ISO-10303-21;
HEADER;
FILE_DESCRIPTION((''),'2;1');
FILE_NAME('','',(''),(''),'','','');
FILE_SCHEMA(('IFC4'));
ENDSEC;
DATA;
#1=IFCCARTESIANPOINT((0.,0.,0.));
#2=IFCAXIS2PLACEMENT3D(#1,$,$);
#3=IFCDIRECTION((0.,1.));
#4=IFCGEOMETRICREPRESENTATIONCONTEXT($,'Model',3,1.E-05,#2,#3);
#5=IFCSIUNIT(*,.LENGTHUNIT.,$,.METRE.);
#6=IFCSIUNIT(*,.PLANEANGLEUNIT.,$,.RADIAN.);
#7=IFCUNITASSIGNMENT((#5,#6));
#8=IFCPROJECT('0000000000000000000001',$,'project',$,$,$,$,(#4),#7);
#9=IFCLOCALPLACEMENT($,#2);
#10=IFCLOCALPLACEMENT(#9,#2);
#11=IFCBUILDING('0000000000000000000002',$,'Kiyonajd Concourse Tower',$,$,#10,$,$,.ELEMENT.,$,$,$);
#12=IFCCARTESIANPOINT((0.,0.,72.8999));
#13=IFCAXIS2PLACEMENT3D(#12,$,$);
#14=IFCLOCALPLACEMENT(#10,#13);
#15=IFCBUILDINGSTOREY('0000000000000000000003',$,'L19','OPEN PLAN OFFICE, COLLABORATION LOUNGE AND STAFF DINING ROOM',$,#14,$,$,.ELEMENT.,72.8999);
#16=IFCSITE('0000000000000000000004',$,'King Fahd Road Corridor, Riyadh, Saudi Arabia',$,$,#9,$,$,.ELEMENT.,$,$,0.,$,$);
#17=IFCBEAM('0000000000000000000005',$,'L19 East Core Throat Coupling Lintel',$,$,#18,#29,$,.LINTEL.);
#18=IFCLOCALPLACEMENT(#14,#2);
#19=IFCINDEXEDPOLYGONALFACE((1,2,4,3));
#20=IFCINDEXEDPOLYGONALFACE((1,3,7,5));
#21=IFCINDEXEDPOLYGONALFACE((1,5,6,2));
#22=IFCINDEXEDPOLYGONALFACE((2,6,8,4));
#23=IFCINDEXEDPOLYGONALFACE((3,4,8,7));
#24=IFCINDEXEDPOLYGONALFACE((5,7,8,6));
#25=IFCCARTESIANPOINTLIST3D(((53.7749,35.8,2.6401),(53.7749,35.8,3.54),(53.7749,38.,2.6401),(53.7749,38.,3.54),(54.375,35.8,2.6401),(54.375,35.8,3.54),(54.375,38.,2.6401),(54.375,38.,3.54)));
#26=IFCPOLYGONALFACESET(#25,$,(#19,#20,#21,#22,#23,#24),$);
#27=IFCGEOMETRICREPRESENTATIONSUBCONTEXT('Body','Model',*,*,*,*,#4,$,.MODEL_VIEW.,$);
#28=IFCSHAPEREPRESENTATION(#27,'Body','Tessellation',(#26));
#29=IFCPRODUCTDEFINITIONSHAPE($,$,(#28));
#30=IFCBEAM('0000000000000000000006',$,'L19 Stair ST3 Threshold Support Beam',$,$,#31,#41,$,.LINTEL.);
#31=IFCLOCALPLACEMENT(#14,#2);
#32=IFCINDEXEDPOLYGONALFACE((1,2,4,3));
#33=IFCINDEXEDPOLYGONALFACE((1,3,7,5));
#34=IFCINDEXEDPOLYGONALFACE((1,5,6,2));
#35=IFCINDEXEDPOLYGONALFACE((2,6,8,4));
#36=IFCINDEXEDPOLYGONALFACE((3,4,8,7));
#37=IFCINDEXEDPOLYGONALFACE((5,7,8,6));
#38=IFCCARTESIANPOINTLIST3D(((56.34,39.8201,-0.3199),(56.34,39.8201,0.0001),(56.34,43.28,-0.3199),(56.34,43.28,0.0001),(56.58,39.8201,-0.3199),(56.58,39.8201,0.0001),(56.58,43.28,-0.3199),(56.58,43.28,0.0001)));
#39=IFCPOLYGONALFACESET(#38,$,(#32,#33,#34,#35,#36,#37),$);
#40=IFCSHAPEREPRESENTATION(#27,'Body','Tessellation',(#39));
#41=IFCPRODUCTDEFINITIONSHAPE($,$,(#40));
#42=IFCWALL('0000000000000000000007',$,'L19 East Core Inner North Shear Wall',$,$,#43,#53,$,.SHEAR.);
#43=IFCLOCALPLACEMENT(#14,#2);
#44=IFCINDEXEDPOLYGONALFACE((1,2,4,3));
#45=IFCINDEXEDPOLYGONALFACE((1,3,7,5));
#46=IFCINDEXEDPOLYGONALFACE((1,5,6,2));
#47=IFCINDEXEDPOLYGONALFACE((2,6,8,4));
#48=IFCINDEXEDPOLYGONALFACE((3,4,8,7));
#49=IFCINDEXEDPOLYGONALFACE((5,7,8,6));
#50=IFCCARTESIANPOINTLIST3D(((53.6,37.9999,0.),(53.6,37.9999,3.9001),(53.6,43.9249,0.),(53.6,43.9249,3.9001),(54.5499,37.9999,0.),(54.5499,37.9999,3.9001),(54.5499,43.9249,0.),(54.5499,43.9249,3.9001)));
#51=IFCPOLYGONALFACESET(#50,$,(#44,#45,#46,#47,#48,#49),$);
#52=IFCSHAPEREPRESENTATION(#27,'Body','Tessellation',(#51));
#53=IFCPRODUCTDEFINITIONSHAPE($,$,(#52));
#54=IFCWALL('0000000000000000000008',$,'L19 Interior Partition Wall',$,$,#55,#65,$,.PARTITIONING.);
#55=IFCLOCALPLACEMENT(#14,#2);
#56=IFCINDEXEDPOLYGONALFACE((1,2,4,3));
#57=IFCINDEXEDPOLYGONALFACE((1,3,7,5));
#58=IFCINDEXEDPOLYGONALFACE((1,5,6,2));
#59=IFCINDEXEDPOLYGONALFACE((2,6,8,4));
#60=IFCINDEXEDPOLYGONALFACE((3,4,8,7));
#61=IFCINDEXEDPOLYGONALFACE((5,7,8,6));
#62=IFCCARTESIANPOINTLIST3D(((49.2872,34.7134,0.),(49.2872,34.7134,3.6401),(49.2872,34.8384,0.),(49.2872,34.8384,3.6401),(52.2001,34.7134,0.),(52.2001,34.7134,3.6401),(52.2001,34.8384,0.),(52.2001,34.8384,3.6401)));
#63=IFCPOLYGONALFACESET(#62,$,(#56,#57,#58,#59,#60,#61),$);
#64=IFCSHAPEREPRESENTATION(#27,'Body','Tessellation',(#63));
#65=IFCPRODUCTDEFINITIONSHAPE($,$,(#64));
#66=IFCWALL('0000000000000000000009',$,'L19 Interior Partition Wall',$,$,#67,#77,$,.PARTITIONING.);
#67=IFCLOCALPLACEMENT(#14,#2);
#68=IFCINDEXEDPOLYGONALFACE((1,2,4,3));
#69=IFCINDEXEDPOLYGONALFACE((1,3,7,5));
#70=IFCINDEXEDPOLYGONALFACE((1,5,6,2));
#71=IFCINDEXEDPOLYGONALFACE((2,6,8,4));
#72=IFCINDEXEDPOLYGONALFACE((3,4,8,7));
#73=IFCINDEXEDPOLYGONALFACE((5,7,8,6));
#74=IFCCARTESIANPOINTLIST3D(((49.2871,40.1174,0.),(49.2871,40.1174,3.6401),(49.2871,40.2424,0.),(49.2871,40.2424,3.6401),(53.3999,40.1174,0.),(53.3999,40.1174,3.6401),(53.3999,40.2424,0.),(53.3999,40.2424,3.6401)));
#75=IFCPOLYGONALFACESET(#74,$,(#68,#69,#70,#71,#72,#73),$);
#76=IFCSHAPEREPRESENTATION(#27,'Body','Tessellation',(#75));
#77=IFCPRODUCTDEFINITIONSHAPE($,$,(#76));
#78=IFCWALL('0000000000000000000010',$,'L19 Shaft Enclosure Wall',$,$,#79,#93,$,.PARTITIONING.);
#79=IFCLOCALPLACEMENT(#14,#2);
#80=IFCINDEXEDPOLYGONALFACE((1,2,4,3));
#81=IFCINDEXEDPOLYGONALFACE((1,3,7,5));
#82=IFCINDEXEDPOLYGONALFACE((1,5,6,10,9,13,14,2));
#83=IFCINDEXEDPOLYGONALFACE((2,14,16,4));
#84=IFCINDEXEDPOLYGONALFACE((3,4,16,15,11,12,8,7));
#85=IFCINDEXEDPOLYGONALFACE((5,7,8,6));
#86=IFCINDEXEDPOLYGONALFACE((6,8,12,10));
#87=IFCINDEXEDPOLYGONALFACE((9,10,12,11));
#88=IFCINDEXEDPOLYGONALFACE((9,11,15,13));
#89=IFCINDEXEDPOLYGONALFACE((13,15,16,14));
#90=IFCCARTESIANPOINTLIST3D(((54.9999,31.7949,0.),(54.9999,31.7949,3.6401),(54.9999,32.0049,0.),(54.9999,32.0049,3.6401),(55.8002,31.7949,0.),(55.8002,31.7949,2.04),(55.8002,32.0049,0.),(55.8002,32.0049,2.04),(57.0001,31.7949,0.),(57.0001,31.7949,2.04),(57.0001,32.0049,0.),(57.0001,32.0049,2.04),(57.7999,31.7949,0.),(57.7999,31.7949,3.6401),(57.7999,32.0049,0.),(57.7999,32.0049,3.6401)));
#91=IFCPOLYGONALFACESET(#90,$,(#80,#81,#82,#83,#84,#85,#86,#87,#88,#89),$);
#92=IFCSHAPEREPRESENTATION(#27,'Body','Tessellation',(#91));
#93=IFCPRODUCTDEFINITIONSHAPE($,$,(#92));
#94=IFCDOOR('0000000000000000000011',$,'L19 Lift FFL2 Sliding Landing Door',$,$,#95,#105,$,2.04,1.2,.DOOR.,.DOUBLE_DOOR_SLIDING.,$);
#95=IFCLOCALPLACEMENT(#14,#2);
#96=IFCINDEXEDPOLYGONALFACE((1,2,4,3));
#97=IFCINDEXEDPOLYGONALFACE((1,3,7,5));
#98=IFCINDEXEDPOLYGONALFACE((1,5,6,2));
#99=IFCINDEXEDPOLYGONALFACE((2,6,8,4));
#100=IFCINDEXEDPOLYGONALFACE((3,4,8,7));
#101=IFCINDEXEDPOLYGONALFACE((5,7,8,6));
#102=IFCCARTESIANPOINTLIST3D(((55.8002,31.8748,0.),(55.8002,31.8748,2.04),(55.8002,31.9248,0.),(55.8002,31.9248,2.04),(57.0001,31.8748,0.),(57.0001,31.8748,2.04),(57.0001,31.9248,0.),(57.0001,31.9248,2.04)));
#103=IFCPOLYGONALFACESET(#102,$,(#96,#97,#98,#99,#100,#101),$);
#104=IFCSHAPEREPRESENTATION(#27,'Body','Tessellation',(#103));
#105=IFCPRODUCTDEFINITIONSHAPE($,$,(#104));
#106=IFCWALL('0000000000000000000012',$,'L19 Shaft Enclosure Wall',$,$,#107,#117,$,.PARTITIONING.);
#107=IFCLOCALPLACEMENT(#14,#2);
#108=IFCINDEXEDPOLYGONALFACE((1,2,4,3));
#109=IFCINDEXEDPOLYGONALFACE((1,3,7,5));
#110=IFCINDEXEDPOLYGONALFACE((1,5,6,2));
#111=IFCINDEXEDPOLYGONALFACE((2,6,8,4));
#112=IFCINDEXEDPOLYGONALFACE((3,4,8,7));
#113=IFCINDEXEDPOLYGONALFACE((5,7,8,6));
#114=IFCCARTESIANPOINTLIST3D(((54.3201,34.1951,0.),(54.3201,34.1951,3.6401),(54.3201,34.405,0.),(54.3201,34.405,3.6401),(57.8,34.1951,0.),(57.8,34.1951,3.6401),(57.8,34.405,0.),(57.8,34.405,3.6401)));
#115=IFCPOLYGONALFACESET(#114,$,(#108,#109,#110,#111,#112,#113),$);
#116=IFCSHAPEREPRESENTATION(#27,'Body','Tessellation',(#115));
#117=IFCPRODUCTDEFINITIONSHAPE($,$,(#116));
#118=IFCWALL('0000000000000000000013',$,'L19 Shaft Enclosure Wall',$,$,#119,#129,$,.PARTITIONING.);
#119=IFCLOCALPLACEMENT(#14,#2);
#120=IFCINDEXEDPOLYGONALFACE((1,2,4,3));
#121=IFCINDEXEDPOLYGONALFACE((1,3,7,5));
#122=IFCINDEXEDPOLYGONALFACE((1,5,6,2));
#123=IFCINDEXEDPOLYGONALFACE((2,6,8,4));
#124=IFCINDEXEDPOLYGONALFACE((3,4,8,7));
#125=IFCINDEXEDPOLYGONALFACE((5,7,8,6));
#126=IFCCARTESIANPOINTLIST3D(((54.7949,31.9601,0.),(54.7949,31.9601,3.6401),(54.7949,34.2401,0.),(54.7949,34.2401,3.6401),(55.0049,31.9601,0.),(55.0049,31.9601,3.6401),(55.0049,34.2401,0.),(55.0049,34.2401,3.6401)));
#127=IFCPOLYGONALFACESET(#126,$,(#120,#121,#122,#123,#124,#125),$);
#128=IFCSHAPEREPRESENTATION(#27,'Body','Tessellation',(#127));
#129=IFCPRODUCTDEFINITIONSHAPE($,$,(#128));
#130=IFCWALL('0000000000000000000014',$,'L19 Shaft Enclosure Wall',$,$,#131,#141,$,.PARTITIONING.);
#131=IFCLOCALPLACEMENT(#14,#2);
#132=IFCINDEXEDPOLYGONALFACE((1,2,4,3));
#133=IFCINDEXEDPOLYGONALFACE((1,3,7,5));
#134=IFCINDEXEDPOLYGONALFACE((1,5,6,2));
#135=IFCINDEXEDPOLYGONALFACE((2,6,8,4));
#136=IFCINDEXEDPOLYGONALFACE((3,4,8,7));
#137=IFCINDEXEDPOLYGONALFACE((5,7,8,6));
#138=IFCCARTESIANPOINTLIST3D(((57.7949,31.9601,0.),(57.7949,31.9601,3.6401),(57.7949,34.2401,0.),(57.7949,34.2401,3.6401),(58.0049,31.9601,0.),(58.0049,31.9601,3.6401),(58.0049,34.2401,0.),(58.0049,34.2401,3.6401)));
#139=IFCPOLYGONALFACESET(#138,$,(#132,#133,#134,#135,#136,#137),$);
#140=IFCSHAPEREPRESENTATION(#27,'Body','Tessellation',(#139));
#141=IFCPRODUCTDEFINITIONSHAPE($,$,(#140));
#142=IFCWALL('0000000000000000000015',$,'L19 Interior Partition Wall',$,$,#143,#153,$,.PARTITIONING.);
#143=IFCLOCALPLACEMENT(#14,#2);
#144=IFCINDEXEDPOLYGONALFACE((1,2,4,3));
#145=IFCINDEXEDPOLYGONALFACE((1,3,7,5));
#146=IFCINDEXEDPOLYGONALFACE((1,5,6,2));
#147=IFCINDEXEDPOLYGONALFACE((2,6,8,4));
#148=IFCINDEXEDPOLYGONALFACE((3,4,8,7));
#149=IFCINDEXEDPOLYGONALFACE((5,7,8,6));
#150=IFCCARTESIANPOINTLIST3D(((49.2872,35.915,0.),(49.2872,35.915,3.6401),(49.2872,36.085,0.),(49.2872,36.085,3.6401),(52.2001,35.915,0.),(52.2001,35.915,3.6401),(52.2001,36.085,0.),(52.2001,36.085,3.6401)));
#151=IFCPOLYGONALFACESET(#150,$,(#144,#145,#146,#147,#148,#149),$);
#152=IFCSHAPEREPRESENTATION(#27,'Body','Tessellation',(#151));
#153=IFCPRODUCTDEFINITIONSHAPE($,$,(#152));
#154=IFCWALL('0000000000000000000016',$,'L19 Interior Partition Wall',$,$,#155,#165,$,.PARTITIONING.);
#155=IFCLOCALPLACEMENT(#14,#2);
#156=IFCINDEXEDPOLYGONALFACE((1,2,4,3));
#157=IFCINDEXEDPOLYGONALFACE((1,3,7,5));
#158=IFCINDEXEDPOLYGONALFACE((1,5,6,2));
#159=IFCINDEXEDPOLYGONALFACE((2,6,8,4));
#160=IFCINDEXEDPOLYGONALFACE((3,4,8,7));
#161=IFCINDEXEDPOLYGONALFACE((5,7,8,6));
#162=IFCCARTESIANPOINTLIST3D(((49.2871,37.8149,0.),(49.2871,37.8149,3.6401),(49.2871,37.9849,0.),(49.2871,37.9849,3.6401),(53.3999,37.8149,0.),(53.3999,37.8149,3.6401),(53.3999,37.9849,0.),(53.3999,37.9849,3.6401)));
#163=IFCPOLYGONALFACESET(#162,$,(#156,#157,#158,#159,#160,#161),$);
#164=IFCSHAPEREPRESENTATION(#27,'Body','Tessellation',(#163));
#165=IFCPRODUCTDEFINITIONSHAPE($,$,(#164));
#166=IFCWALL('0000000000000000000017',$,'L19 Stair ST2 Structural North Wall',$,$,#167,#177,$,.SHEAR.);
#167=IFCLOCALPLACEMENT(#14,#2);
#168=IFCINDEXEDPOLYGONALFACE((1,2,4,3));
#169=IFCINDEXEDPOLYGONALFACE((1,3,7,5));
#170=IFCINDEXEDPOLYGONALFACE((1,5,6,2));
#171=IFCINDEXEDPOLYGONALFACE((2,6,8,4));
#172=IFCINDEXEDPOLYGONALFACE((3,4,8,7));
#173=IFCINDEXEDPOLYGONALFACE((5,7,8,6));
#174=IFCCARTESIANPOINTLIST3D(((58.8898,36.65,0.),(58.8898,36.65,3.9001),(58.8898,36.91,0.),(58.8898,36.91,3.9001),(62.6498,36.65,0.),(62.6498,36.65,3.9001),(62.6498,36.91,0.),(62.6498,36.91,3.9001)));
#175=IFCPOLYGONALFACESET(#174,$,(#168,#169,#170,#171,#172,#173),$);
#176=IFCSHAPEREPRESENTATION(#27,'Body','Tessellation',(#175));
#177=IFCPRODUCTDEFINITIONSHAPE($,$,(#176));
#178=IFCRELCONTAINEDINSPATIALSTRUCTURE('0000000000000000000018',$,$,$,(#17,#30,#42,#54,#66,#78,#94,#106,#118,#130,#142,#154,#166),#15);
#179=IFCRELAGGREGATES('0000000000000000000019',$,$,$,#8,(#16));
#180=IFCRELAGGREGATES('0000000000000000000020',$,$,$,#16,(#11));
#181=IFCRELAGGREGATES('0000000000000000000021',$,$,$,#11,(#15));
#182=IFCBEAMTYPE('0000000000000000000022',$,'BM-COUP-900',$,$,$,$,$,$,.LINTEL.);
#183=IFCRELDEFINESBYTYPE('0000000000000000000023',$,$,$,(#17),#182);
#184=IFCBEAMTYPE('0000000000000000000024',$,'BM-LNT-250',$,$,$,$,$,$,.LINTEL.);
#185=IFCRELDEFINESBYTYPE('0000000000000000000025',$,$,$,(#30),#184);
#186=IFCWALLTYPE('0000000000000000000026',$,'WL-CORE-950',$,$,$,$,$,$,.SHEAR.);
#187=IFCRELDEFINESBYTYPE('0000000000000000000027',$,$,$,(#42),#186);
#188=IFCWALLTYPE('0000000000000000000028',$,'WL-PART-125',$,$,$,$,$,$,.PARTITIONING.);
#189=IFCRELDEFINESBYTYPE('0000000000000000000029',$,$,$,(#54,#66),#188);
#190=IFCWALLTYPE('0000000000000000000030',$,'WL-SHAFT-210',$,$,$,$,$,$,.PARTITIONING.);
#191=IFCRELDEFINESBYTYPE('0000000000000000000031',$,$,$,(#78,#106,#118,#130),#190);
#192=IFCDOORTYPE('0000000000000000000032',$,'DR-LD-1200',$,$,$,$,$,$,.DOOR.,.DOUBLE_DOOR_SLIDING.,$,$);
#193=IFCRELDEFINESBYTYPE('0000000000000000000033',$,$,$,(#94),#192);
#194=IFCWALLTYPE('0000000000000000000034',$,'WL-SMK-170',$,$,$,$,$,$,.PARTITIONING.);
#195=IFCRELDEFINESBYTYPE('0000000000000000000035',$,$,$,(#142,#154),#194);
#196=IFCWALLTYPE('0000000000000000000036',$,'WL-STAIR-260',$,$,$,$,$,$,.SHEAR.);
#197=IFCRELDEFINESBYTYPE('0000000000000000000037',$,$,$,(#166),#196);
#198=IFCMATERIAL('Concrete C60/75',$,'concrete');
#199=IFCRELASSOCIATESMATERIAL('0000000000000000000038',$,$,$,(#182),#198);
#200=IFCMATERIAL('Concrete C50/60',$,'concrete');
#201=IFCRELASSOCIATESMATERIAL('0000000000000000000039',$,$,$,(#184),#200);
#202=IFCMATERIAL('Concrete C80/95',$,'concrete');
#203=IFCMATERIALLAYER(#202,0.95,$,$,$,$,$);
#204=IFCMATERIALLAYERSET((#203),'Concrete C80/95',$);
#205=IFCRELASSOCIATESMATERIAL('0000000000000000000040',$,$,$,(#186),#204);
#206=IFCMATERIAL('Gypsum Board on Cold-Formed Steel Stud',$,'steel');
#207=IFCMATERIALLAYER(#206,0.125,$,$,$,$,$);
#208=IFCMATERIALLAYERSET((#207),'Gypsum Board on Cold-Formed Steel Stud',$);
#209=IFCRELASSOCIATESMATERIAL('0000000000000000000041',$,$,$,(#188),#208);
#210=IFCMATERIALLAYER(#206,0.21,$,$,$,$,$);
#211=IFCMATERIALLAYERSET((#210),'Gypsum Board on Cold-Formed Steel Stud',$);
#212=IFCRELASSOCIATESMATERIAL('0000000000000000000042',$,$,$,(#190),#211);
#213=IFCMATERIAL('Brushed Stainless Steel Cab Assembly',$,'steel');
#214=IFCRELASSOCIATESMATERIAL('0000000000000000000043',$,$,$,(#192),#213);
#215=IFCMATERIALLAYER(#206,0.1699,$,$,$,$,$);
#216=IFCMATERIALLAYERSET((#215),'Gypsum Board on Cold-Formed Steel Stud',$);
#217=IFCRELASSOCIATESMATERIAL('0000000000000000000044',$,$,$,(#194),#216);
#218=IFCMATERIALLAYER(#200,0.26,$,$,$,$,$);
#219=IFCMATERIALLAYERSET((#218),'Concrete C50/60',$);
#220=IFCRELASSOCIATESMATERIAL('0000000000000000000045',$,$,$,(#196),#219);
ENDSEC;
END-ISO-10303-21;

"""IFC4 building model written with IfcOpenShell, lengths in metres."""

from ifc_helpers import new_model, si_unit, direction, frame, frame_2d, origin, origin_2d, place, context, subcontext, project, spatial, rectangle, extrude, material, layer, layer_set, material_profile, profile_set, type_object, element, fill, save


model = new_model("IFC4")

# Units and contexts
model_context = context("Model", 3, precision=1e-05, world=origin(), true_north=direction((0.0, 1.0)))
body_context = subcontext(model_context, "Body", "Model", "MODEL_VIEW")
ifc_project = project(units=[si_unit("LENGTHUNIT", "METRE"), si_unit("PLANEANGLEUNIT", "RADIAN")], contexts=[model_context])

# Site, building, storey
site_placement = place(None, origin())
site = spatial("IfcSite", under=ifc_project, at=site_placement, Name="King Fahd Road Corridor, Riyadh, Saudi Arabia", CompositionType="ELEMENT", RefElevation=0.0)
building_placement = place(site_placement, origin())
building = spatial("IfcBuilding", under=site, at=building_placement, Name="Kiyonajd Concourse Tower", CompositionType="ELEMENT")
storey_placement = place(building_placement, frame((0.0, 0.0, 72.8999)))
storey = spatial("IfcBuildingStorey", under=building, at=storey_placement, Name="L19", Description="OPEN PLAN OFFICE, COLLABORATION LOUNGE AND STAFF DINING ROOM", CompositionType="ELEMENT", Elevation=72.8999)

# Beams
ifc_material_1 = material(Name="Concrete C60/75", Category="concrete")
ifc_material_profile_1 = material_profile(ifc_material_1, rectangle(XDim=0.6001, YDim=0.8999, at=origin_2d()), Name="RCBM-600x900")
ifc_profile_set_1 = profile_set([ifc_material_profile_1], Name="Concrete C60/75")
beam_type_1 = type_object("IfcBeamType", Name="BM-COUP-900", PredefinedType="LINTEL", material=ifc_profile_set_1)
beam_1_placement = place(storey_placement, frame((54.075, 35.8, 3.0901), z_axis=(0.0, 1.0, 0.0), x_axis=(-1.0, 0.0, 0.0)))
element("IfcBeam", 1, at=beam_1_placement, inside=storey, type_object=beam_type_1, Name="L19 East Core Throat Coupling Lintel", PredefinedType="LINTEL", context=body_context, shape_type="SweptSolid", body=[
    extrude(rectangle(XDim=0.6001, YDim=0.8999, at=origin_2d()), origin(), (0.0, 0.0, 1.0), 2.2),
])
ifc_material_2 = material(Name="Concrete C50/60", Category="concrete")
ifc_material_profile_2 = material_profile(ifc_material_2, rectangle(XDim=0.24, YDim=0.3201, at=origin_2d()), Name="RCBM-240x320")
ifc_profile_set_2 = profile_set([ifc_material_profile_2], Name="Concrete C50/60")
beam_type_2 = type_object("IfcBeamType", Name="BM-LNT-250", PredefinedType="LINTEL", material=ifc_profile_set_2)
beam_2_placement = place(storey_placement, frame((56.46, 39.8201, -0.1599), z_axis=(0.0, 1.0, 0.0), x_axis=(-1.0, 0.0, 0.0)))
element("IfcBeam", 2, at=beam_2_placement, inside=storey, type_object=beam_type_2, Name="L19 Stair ST3 Threshold Support Beam", PredefinedType="LINTEL", context=body_context, shape_type="SweptSolid", body=[
    extrude(rectangle(XDim=0.24, YDim=0.3201, at=origin_2d()), origin(), (0.0, 0.0, 1.0), 3.46),
])

# Walls
ifc_material_3 = material(Name="Concrete C80/95", Category="concrete")
ifc_layer_1 = layer(ifc_material_3, 0.95)
ifc_layer_set_1 = layer_set([ifc_layer_1], Name="Concrete C80/95")
wall_type_1 = type_object("IfcWallType", Name="WL-CORE-950", PredefinedType="SHEAR", material=ifc_layer_set_1)
wall_1_placement = place(storey_placement, frame((54.075, 38.0, 0.0), z_axis=(0.0, 0.0, 1.0), x_axis=(0.0, 1.0, 0.0)))
element("IfcWall", 3, at=wall_1_placement, inside=storey, type_object=wall_type_1, Name="L19 East Core Inner North Shear Wall", PredefinedType="SHEAR", context=body_context, shape_type="SweptSolid", body=[
    extrude(rectangle(XDim=5.925, YDim=0.95, at=frame_2d((2.9624, 0.0))), origin(), (0.0, 0.0, 1.0), 3.9001),
])
ifc_material_4 = material(Name="Gypsum Board on Cold-Formed Steel Stud", Category="steel")
ifc_layer_2 = layer(ifc_material_4, 0.125)
ifc_layer_set_2 = layer_set([ifc_layer_2], Name="Gypsum Board on Cold-Formed Steel Stud")
wall_type_2 = type_object("IfcWallType", Name="WL-PART-125", PredefinedType="PARTITIONING", material=ifc_layer_set_2)
wall_2_placement = place(storey_placement, frame((49.2871, 34.7759, 0.0), z_axis=(0.0, 0.0, 1.0), x_axis=(1.0, 0.0, 0.0)))
element("IfcWall", 4, at=wall_2_placement, inside=storey, type_object=wall_type_2, Name="L19 Interior Partition Wall", PredefinedType="PARTITIONING", context=body_context, shape_type="SweptSolid", body=[
    extrude(rectangle(XDim=2.9128, YDim=0.125, at=frame_2d((1.4565, 0.0))), origin(), (0.0, 0.0, 1.0), 3.6401),
])
wall_3_placement = place(storey_placement, frame((49.2871, 40.1799, 0.0), z_axis=(0.0, 0.0, 1.0), x_axis=(1.0, 0.0, 0.0)))
element("IfcWall", 5, at=wall_3_placement, inside=storey, type_object=wall_type_2, Name="L19 Interior Partition Wall", PredefinedType="PARTITIONING", context=body_context, shape_type="SweptSolid", body=[
    extrude(rectangle(XDim=4.1128, YDim=0.125, at=frame_2d((2.0564, 0.0))), origin(), (0.0, 0.0, 1.0), 3.6401),
])

# Wall, opening, door
ifc_layer_3 = layer(ifc_material_4, 0.21)
ifc_layer_set_3 = layer_set([ifc_layer_3], Name="Gypsum Board on Cold-Formed Steel Stud")
wall_type_3 = type_object("IfcWallType", Name="WL-SHAFT-210", PredefinedType="PARTITIONING", material=ifc_layer_set_3)
wall_4_placement = place(storey_placement, frame((55.0, 31.8999, 0.0), z_axis=(0.0, 0.0, 1.0), x_axis=(1.0, 0.0, 0.0)))
wall_4 = element("IfcWall", 6, at=wall_4_placement, inside=storey, type_object=wall_type_3, Name="L19 Shaft Enclosure Wall", PredefinedType="PARTITIONING", context=body_context, shape_type="SweptSolid", body=[
    extrude(rectangle(XDim=2.8, YDim=0.21, at=frame_2d((1.3999, 0.0))), origin(), (0.0, 0.0, 1.0), 3.6401),
])
opening_1_placement = place(wall_4_placement, frame((0.8, 0.0, 0.0)))
opening_1 = element("IfcOpeningElement", 7, at=opening_1_placement, cuts=wall_4, PredefinedType="OPENING", context=body_context, shape_type="SweptSolid", body=[
    extrude(rectangle(XDim=1.2, YDim=2.04, at=frame_2d((0.6001, 1.02))), frame((0.0, 0.115, 0.0), z_axis=(0.0, -1.0, 0.0), x_axis=(1.0, 0.0, 0.0)), (0.0, 0.0, 1.0), 0.23),
])
ifc_material_5 = material(Name="Brushed Stainless Steel Cab Assembly", Category="steel")
door_type_1 = type_object("IfcDoorType", Name="DR-LD-1200", OperationType="DOUBLE_DOOR_SLIDING", PredefinedType="DOOR", material=ifc_material_5)
door_1_placement = place(opening_1_placement, origin())
door_1 = element("IfcDoor", 8, at=door_1_placement, inside=storey, type_object=door_type_1, Name="L19 Lift FFL2 Sliding Landing Door", OperationType="DOUBLE_DOOR_SLIDING", OverallHeight=2.04, OverallWidth=1.2, PredefinedType="DOOR", context=body_context, shape_type="SweptSolid", body=[
    extrude(rectangle(XDim=1.2, YDim=2.04, at=frame_2d((0.6001, 1.02))), frame((0.0, 0.0249, 0.0), z_axis=(0.0, -1.0, 0.0), x_axis=(1.0, 0.0, 0.0)), (0.0, 0.0, 1.0), 0.05),
])
fill(opening_1, door_1)

# Walls
wall_5_placement = place(storey_placement, frame((54.3201, 34.3, 0.0), z_axis=(0.0, 0.0, 1.0), x_axis=(1.0, 0.0, 0.0)))
element("IfcWall", 9, at=wall_5_placement, inside=storey, type_object=wall_type_3, Name="L19 Shaft Enclosure Wall", PredefinedType="PARTITIONING", context=body_context, shape_type="SweptSolid", body=[
    extrude(rectangle(XDim=3.48, YDim=0.21, at=frame_2d((1.74, 0.0))), origin(), (0.0, 0.0, 1.0), 3.6401),
])
for number, where, z_axis, x_axis, name in (
    (10, (54.8999, 31.96, 0.0), (0.0, 0.0, 1.0), (0.0, 1.0, 0.0), "L19 Shaft Enclosure Wall"),
    (11, (57.8999, 31.96, 0.0), (0.0, 0.0, 1.0), (0.0, 1.0, 0.0), "L19 Shaft Enclosure Wall"),
):
    element("IfcWall", number, at=place(storey_placement, frame(where, z_axis=z_axis, x_axis=x_axis)), inside=storey, type_object=wall_type_3, Name=name, PredefinedType="PARTITIONING", context=body_context, shape_type="SweptSolid", body=[
        extrude(rectangle(XDim=2.28, YDim=0.21, at=frame_2d((1.1401, 0.0))), origin(), (0.0, 0.0, 1.0), 3.6401),
    ])
ifc_layer_4 = layer(ifc_material_4, 0.1699)
ifc_layer_set_4 = layer_set([ifc_layer_4], Name="Gypsum Board on Cold-Formed Steel Stud")
wall_type_4 = type_object("IfcWallType", Name="WL-SMK-170", PredefinedType="PARTITIONING", material=ifc_layer_set_4)
wall_6_placement = place(storey_placement, frame((49.2871, 36.0, 0.0), z_axis=(0.0, 0.0, 1.0), x_axis=(1.0, 0.0, 0.0)))
element("IfcWall", 12, at=wall_6_placement, inside=storey, type_object=wall_type_4, Name="L19 Interior Partition Wall", PredefinedType="PARTITIONING", context=body_context, shape_type="SweptSolid", body=[
    extrude(rectangle(XDim=2.9128, YDim=0.1699, at=frame_2d((1.4565, 0.0))), origin(), (0.0, 0.0, 1.0), 3.6401),
])
wall_7_placement = place(storey_placement, frame((49.2871, 37.8999, 0.0), z_axis=(0.0, 0.0, 1.0), x_axis=(1.0, 0.0, 0.0)))
element("IfcWall", 13, at=wall_7_placement, inside=storey, type_object=wall_type_4, Name="L19 Interior Partition Wall", PredefinedType="PARTITIONING", context=body_context, shape_type="SweptSolid", body=[
    extrude(rectangle(XDim=4.1128, YDim=0.1699, at=frame_2d((2.0564, 0.0))), origin(), (0.0, 0.0, 1.0), 3.6401),
])
ifc_layer_5 = layer(ifc_material_2, 0.26)
ifc_layer_set_5 = layer_set([ifc_layer_5], Name="Concrete C50/60")
wall_type_5 = type_object("IfcWallType", Name="WL-STAIR-260", PredefinedType="SHEAR", material=ifc_layer_set_5)
wall_8_placement = place(storey_placement, frame((58.8899, 36.78, 0.0), z_axis=(0.0, 0.0, 1.0), x_axis=(1.0, 0.0, 0.0)))
element("IfcWall", 14, at=wall_8_placement, inside=storey, type_object=wall_type_5, Name="L19 Stair ST2 Structural North Wall", PredefinedType="SHEAR", context=body_context, shape_type="SweptSolid", body=[
    extrude(rectangle(XDim=3.76, YDim=0.26, at=frame_2d((1.8799, 0.0))), origin(), (0.0, 0.0, 1.0), 3.9001),
])

save(model, "model.ifc")
